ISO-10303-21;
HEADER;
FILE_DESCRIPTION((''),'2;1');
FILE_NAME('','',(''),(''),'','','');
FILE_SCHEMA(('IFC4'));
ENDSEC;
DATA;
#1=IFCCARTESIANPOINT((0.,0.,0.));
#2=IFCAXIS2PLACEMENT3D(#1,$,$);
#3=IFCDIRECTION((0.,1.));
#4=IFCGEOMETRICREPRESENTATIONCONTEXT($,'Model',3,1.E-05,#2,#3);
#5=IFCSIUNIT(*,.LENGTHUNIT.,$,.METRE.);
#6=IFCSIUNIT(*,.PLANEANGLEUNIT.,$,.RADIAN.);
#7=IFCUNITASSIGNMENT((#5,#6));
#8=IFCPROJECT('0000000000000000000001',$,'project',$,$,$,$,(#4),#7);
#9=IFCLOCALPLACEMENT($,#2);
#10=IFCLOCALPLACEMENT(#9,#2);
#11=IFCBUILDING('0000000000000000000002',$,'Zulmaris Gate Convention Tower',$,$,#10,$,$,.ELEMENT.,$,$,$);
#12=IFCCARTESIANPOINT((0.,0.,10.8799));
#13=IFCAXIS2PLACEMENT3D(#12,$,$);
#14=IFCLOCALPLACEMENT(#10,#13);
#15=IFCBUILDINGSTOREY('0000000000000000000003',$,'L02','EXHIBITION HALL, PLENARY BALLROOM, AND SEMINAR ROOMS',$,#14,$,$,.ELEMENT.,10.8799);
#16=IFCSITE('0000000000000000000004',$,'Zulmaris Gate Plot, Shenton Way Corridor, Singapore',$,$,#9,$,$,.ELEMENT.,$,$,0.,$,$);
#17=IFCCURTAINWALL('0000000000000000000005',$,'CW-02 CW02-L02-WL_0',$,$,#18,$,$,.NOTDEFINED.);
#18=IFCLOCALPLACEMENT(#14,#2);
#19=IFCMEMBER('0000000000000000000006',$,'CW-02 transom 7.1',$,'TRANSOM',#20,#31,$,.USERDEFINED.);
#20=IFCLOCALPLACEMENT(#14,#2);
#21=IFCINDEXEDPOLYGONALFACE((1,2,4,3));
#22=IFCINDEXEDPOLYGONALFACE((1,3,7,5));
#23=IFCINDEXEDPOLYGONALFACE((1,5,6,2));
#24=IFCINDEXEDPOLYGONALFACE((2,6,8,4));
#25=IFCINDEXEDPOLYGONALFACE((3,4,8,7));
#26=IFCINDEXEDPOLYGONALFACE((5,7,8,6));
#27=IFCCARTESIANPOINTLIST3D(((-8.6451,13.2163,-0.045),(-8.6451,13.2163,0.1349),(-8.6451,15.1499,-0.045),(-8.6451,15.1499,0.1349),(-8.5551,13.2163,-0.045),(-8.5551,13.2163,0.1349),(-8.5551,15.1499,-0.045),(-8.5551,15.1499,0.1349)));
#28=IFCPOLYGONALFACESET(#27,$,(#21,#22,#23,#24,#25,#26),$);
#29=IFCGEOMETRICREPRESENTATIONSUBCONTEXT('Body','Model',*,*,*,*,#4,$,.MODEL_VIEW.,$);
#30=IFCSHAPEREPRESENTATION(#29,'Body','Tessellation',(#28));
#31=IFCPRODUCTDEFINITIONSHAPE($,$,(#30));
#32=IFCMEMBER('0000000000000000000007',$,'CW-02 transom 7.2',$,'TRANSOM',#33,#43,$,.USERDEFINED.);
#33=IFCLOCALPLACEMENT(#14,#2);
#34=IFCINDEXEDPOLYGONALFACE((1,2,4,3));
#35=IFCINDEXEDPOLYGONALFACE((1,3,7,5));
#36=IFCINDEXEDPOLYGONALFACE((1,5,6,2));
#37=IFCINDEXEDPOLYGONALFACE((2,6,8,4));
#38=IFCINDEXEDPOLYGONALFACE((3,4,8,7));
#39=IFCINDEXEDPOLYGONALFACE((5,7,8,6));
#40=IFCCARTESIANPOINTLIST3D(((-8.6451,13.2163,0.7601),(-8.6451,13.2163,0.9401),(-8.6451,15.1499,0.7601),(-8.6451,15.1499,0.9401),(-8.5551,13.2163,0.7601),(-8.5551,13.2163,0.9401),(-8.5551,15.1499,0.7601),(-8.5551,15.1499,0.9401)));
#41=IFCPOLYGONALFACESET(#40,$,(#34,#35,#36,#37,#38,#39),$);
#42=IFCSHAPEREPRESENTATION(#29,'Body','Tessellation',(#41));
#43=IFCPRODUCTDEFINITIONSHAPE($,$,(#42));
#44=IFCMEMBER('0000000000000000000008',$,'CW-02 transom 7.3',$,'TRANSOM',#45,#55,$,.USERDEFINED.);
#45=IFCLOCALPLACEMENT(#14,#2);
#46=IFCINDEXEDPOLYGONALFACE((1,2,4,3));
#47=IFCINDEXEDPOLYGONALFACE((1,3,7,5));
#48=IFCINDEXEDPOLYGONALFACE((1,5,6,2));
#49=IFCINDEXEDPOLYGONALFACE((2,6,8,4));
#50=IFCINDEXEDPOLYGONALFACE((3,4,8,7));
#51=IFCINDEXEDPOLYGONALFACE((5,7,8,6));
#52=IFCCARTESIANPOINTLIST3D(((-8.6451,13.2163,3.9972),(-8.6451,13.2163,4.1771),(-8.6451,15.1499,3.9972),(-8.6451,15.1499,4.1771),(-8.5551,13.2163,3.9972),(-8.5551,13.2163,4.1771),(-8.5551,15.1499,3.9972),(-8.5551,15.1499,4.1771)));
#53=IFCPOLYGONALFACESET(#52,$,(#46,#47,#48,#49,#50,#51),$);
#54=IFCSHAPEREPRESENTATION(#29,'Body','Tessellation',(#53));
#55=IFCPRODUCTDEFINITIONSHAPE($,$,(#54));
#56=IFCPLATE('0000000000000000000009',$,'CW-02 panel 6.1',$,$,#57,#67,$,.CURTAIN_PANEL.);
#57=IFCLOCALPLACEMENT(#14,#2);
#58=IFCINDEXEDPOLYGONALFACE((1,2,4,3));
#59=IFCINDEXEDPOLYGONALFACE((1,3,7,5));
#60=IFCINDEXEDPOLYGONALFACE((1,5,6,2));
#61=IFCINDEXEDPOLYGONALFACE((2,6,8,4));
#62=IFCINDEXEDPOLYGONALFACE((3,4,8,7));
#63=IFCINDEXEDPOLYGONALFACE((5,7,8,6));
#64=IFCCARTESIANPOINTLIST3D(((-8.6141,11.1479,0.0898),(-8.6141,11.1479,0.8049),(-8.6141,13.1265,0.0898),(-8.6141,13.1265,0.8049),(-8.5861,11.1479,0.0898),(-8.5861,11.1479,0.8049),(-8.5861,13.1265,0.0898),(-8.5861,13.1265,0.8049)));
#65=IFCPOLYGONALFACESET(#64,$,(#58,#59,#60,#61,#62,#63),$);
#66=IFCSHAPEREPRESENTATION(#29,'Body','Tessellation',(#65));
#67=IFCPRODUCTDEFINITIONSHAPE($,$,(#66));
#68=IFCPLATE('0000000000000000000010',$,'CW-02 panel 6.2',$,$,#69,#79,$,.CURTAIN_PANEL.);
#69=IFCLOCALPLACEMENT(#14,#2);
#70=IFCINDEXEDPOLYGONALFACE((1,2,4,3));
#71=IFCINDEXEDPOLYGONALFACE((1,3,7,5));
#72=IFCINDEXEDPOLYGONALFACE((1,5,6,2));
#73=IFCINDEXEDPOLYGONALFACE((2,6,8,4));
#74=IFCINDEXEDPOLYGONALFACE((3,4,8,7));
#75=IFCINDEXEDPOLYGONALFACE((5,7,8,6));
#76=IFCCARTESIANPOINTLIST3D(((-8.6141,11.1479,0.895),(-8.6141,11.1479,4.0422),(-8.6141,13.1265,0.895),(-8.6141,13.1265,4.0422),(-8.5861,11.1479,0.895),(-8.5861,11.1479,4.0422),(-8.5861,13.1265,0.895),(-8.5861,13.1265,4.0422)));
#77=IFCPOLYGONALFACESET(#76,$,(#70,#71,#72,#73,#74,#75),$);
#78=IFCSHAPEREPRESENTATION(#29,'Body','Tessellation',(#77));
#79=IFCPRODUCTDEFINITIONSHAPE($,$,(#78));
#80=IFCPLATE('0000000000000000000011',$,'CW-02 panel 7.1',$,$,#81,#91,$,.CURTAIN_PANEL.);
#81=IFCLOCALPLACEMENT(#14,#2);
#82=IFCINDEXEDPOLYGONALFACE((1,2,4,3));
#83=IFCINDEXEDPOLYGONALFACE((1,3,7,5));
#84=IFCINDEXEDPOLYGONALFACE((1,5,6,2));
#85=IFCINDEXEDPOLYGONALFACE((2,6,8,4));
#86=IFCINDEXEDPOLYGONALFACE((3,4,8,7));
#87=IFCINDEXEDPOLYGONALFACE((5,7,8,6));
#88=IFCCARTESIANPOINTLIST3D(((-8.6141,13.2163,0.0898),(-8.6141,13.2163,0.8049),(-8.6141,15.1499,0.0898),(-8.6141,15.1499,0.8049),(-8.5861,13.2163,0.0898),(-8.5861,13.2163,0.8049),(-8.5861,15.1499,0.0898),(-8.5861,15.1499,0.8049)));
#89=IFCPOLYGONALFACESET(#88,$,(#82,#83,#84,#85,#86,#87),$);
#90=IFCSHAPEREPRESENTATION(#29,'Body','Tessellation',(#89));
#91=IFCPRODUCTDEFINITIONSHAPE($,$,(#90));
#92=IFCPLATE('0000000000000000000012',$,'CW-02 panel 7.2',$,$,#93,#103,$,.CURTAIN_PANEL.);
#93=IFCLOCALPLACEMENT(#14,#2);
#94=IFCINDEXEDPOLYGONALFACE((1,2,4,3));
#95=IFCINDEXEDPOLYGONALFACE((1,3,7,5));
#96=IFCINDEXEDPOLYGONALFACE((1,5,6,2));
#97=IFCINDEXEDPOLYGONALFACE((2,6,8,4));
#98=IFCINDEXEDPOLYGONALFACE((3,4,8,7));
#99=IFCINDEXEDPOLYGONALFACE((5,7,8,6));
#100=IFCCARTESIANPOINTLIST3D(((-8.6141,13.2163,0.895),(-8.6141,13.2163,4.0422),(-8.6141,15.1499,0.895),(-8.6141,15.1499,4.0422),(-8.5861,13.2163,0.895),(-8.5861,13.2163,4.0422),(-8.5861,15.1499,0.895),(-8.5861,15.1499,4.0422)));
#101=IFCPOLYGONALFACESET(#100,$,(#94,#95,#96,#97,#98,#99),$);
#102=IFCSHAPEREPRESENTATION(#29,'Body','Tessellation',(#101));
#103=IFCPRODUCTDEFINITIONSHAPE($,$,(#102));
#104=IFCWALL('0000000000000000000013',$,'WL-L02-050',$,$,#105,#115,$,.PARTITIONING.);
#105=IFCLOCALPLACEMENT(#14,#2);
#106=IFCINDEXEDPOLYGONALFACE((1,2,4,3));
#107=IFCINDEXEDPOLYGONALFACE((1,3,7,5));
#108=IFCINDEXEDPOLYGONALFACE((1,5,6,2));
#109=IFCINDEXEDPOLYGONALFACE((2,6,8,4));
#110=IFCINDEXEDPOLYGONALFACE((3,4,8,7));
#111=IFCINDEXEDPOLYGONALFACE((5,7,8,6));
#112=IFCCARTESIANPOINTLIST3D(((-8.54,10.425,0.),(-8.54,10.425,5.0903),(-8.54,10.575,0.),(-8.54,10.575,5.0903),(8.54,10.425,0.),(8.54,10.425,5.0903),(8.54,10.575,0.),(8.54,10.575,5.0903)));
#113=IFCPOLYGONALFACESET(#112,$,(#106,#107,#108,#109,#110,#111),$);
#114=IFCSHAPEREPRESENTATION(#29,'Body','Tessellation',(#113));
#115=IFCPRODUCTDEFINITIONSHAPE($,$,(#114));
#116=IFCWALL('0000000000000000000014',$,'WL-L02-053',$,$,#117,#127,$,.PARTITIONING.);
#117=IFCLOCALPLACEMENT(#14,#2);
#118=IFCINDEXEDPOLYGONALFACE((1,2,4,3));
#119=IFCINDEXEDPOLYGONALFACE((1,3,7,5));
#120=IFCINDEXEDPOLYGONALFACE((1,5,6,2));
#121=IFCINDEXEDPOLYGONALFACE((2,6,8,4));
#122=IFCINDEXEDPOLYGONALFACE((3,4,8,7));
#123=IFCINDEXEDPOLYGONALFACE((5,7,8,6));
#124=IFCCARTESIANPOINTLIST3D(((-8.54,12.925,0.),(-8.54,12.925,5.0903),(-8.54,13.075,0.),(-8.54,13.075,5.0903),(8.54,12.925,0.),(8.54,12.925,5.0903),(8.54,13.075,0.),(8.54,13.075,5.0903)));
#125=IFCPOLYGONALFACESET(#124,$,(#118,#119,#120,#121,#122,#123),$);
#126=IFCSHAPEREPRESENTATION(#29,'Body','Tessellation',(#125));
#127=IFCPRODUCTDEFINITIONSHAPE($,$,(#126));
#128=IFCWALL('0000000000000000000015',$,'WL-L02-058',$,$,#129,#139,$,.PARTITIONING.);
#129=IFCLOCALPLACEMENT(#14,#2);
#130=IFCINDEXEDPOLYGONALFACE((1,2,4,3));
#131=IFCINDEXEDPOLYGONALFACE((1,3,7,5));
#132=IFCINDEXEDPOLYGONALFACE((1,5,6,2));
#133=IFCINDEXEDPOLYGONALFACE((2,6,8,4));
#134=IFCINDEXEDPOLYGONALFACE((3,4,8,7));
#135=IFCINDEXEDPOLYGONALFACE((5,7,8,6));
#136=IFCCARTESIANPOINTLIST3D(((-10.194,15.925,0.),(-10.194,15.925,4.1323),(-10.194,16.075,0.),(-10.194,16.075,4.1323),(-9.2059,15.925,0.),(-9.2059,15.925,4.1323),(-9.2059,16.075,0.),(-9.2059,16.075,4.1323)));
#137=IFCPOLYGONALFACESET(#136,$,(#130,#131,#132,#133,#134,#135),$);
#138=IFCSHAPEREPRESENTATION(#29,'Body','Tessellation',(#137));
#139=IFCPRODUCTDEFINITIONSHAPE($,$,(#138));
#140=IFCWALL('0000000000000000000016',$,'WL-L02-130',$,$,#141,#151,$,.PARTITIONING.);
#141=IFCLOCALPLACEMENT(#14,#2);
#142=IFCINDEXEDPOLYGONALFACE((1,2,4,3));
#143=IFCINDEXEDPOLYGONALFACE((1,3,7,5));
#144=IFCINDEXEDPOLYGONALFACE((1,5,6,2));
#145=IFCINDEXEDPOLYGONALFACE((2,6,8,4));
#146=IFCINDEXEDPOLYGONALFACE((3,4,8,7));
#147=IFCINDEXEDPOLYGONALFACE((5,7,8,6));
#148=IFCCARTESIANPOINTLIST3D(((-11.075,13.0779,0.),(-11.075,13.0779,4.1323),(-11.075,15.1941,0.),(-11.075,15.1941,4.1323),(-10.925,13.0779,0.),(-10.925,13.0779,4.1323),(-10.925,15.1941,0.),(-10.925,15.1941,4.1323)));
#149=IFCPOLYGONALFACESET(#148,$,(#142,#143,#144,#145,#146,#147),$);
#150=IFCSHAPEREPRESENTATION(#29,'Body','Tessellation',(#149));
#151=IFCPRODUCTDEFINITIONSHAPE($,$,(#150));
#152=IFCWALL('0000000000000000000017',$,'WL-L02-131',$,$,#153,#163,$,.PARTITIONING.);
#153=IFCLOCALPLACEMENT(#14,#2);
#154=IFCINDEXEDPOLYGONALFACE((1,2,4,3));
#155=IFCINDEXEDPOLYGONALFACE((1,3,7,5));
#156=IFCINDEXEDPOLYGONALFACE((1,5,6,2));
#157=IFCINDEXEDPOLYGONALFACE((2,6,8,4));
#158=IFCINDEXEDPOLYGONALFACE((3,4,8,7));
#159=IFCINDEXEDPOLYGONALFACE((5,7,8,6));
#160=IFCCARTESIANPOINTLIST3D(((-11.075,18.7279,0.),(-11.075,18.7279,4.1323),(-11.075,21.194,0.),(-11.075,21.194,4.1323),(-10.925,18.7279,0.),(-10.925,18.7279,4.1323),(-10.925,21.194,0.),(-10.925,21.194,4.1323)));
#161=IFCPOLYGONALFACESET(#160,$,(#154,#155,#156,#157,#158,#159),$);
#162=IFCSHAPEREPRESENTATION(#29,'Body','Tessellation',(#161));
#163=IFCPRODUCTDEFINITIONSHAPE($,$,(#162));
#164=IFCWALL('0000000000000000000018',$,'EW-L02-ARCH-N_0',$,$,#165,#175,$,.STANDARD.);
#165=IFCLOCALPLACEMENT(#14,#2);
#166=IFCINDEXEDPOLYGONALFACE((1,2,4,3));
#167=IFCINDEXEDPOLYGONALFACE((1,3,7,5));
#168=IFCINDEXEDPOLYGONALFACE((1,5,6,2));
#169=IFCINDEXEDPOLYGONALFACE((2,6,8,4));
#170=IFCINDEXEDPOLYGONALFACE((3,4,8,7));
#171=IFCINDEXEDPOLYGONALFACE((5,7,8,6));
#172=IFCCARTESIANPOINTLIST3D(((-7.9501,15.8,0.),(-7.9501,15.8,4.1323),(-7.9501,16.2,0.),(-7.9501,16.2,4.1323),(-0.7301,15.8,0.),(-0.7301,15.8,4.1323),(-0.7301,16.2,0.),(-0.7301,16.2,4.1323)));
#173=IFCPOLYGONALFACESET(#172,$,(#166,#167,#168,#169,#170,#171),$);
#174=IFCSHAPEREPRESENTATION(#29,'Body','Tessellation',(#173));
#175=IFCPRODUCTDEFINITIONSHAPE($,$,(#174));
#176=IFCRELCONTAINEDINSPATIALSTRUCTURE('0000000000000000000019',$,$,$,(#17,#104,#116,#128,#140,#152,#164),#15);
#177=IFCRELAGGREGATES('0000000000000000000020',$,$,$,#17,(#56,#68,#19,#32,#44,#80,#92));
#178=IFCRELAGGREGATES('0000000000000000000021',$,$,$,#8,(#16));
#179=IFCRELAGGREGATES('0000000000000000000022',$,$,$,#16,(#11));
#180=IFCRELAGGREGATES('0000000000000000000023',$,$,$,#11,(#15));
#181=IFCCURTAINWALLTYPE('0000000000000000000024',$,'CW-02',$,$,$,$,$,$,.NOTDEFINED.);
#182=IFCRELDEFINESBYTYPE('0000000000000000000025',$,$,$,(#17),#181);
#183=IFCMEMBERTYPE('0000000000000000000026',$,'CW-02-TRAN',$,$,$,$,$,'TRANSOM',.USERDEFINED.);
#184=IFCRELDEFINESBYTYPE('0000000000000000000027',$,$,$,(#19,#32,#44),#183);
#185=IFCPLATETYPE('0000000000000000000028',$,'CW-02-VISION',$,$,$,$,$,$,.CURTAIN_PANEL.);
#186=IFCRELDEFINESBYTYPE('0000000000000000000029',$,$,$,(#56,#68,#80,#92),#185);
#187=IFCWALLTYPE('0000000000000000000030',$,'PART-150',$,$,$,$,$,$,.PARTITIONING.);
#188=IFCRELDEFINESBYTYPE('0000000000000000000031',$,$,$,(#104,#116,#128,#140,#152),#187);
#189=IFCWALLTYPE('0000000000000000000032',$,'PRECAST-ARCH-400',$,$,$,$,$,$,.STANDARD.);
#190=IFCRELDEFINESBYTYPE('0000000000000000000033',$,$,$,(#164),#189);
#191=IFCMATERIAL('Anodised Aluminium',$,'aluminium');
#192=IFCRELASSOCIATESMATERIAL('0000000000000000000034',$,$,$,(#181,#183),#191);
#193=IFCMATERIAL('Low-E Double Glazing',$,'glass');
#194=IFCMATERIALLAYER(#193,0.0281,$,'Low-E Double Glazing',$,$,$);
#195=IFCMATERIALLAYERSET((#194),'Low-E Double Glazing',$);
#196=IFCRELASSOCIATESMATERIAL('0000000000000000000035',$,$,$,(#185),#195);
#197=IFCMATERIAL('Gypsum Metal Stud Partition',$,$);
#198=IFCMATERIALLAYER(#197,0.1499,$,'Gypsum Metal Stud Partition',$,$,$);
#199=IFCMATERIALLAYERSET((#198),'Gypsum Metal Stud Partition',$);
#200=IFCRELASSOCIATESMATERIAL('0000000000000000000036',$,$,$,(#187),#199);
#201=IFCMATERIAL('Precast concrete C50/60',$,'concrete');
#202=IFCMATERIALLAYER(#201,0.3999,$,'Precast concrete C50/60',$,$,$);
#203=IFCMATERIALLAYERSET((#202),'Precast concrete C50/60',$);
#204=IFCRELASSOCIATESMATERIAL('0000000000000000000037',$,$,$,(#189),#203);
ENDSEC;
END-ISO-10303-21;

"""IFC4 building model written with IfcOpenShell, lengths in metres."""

from ifc_helpers import new_model, si_unit, direction, frame, frame_2d, origin, origin_2d, place, context, subcontext, project, spatial, rectangle, extrude, material, layer, layer_set, material_profile, profile_set, type_object, element, aggregate, save


model = new_model("IFC4")

# Units and contexts
model_context = context("Model", 3, precision=1e-05, world=origin(), true_north=direction((0.0, 1.0)))
body_context = subcontext(model_context, "Body", "Model", "MODEL_VIEW")
ifc_project = project(units=[si_unit("LENGTHUNIT", "METRE"), si_unit("PLANEANGLEUNIT", "RADIAN")], contexts=[model_context])

# Site, building, storey
site_placement = place(None, origin())
site = spatial("IfcSite", under=ifc_project, at=site_placement, Name="Zulmaris Gate Plot, Shenton Way Corridor, Singapore", CompositionType="ELEMENT", RefElevation=0.0)
building_placement = place(site_placement, origin())
building = spatial("IfcBuilding", under=site, at=building_placement, Name="Zulmaris Gate Convention Tower", CompositionType="ELEMENT")
storey_placement = place(building_placement, frame((0.0, 0.0, 10.8799)))
storey = spatial("IfcBuildingStorey", under=building, at=storey_placement, Name="L02", Description="EXHIBITION HALL, PLENARY BALLROOM, AND SEMINAR ROOMS", CompositionType="ELEMENT", Elevation=10.8799)

# Curtain wall, members, plates
ifc_material_1 = material(Name="Anodised Aluminium", Category="aluminium")
curtain_wall_type = type_object("IfcCurtainWallType", Name="CW-02", PredefinedType="NOTDEFINED", material=ifc_material_1)
curtain_wall_placement = place(storey_placement, origin())
curtain_wall = element("IfcCurtainWall", 1, at=curtain_wall_placement, inside=storey, type_object=curtain_wall_type, Name="CW-02 CW02-L02-WL_0", PredefinedType="NOTDEFINED")
ifc_material_profile_1 = material_profile(ifc_material_1, rectangle(XDim=0.0901, YDim=0.1799, at=origin_2d()), Name="ALU TRANSOM 90x180")
ifc_profile_set_1 = profile_set([ifc_material_profile_1], Name="Anodised Aluminium")
member_type_1 = type_object("IfcMemberType", Name="CW-02-TRAN", ElementType="TRANSOM", PredefinedType="USERDEFINED", material=ifc_profile_set_1)
member_1_placement = place(storey_placement, frame((-8.6001, 13.2163, 0.0449), z_axis=(0.0, 1.0, 0.0), x_axis=(-1.0, 0.0, 0.0)))
member_1 = element("IfcMember", 2, at=member_1_placement, type_object=member_type_1, Name="CW-02 transom 7.1", ObjectType="TRANSOM", PredefinedType="USERDEFINED", context=body_context, shape_type="SweptSolid", body=[
    extrude(rectangle(XDim=0.0901, YDim=0.1799, at=origin_2d()), origin(), (0.0, 0.0, 1.0), 1.9336),
])
member_2_placement = place(storey_placement, frame((-8.6001, 13.2163, 0.8501), z_axis=(0.0, 1.0, 0.0), x_axis=(-1.0, 0.0, 0.0)))
member_2 = element("IfcMember", 3, at=member_2_placement, type_object=member_type_1, Name="CW-02 transom 7.2", ObjectType="TRANSOM", PredefinedType="USERDEFINED", context=body_context, shape_type="SweptSolid", body=[
    extrude(rectangle(XDim=0.0901, YDim=0.1799, at=origin_2d()), origin(), (0.0, 0.0, 1.0), 1.9336),
])
member_3_placement = place(storey_placement, frame((-8.6001, 13.2163, 4.0872), z_axis=(0.0, 1.0, 0.0), x_axis=(-1.0, 0.0, 0.0)))
member_3 = element("IfcMember", 4, at=member_3_placement, type_object=member_type_1, Name="CW-02 transom 7.3", ObjectType="TRANSOM", PredefinedType="USERDEFINED", context=body_context, shape_type="SweptSolid", body=[
    extrude(rectangle(XDim=0.0901, YDim=0.1799, at=origin_2d()), origin(), (0.0, 0.0, 1.0), 1.9336),
])
ifc_material_2 = material(Name="Low-E Double Glazing", Category="glass")
ifc_layer_1 = layer(ifc_material_2, 0.0281, Name="Low-E Double Glazing")
ifc_layer_set_1 = layer_set([ifc_layer_1], Name="Low-E Double Glazing")
plate_type = type_object("IfcPlateType", Name="CW-02-VISION", PredefinedType="CURTAIN_PANEL", material=ifc_layer_set_1)
plate_1_placement = place(storey_placement, frame((-8.6001, 12.1372, 0.0898), z_axis=(0.0, 0.0, 1.0), x_axis=(0.0, 1.0, 0.0)))
plate_1 = element("IfcPlate", 5, at=plate_1_placement, type_object=plate_type, Name="CW-02 panel 6.1", PredefinedType="CURTAIN_PANEL", context=body_context, shape_type="SweptSolid", body=[
    extrude(rectangle(XDim=1.9785, YDim=0.0281, at=origin_2d()), origin(), (0.0, 0.0, 1.0), 0.7151),
])
plate_2_placement = place(storey_placement, frame((-8.6001, 12.1372, 0.895), z_axis=(0.0, 0.0, 1.0), x_axis=(0.0, 1.0, 0.0)))
plate_2 = element("IfcPlate", 6, at=plate_2_placement, type_object=plate_type, Name="CW-02 panel 6.2", PredefinedType="CURTAIN_PANEL", context=body_context, shape_type="SweptSolid", body=[
    extrude(rectangle(XDim=1.9785, YDim=0.0281, at=origin_2d()), origin(), (0.0, 0.0, 1.0), 3.1472),
])
plate_3_placement = place(storey_placement, frame((-8.6001, 14.1831, 0.0898), z_axis=(0.0, 0.0, 1.0), x_axis=(0.0, 1.0, 0.0)))
plate_3 = element("IfcPlate", 7, at=plate_3_placement, type_object=plate_type, Name="CW-02 panel 7.1", PredefinedType="CURTAIN_PANEL", context=body_context, shape_type="SweptSolid", body=[
    extrude(rectangle(XDim=1.9336, YDim=0.0281, at=origin_2d()), origin(), (0.0, 0.0, 1.0), 0.7151),
])
plate_4_placement = place(storey_placement, frame((-8.6001, 14.1831, 0.895), z_axis=(0.0, 0.0, 1.0), x_axis=(0.0, 1.0, 0.0)))
plate_4 = element("IfcPlate", 8, at=plate_4_placement, type_object=plate_type, Name="CW-02 panel 7.2", PredefinedType="CURTAIN_PANEL", context=body_context, shape_type="SweptSolid", body=[
    extrude(rectangle(XDim=1.9336, YDim=0.0281, at=origin_2d()), origin(), (0.0, 0.0, 1.0), 3.1472),
])
aggregate(curtain_wall, [plate_1, plate_2, member_1, member_2, member_3, plate_3, plate_4])

# Shared definitions
ifc_material_3 = material(Name="Gypsum Metal Stud Partition")
ifc_layer_2 = layer(ifc_material_3, 0.1499, Name="Gypsum Metal Stud Partition")
ifc_layer_set_2 = layer_set([ifc_layer_2], Name="Gypsum Metal Stud Partition")
wall_type_1 = type_object("IfcWallType", Name="PART-150", PredefinedType="PARTITIONING", material=ifc_layer_set_2)

# Walls
for number, where, z_axis, x_axis, name in (
    (9, (-8.54, 10.5, 0.0), (0.0, 0.0, 1.0), (1.0, 0.0, 0.0), "WL-L02-050"),
    (10, (-8.54, 13.0, 0.0), (0.0, 0.0, 1.0), (1.0, 0.0, 0.0), "WL-L02-053"),
):
    element("IfcWall", number, at=place(storey_placement, frame(where, z_axis=z_axis, x_axis=x_axis)), inside=storey, type_object=wall_type_1, Name=name, PredefinedType="PARTITIONING", context=body_context, shape_type="SweptSolid", body=[
        extrude(rectangle(XDim=17.0801, YDim=0.1499, at=frame_2d((8.54, 0.0))), origin(), (0.0, 0.0, 1.0), 5.0903),
    ])
wall_1_placement = place(storey_placement, frame((-10.1941, 16.0, 0.0), z_axis=(0.0, 0.0, 1.0), x_axis=(1.0, 0.0, 0.0)))
element("IfcWall", 11, at=wall_1_placement, inside=storey, type_object=wall_type_1, Name="WL-L02-058", PredefinedType="PARTITIONING", context=body_context, shape_type="SweptSolid", body=[
    extrude(rectangle(XDim=0.988, YDim=0.1499, at=frame_2d((0.4941, 0.0))), origin(), (0.0, 0.0, 1.0), 4.1323),
])
wall_2_placement = place(storey_placement, frame((-11.0, 13.0779, 0.0), z_axis=(0.0, 0.0, 1.0), x_axis=(0.0, 1.0, 0.0)))
element("IfcWall", 12, at=wall_2_placement, inside=storey, type_object=wall_type_1, Name="WL-L02-130", PredefinedType="PARTITIONING", context=body_context, shape_type="SweptSolid", body=[
    extrude(rectangle(XDim=2.1162, YDim=0.1499, at=frame_2d((1.0581, 0.0))), origin(), (0.0, 0.0, 1.0), 4.1323),
])
wall_3_placement = place(storey_placement, frame((-11.0, 18.728, 0.0), z_axis=(0.0, 0.0, 1.0), x_axis=(0.0, 1.0, 0.0)))
element("IfcWall", 13, at=wall_3_placement, inside=storey, type_object=wall_type_1, Name="WL-L02-131", PredefinedType="PARTITIONING", context=body_context, shape_type="SweptSolid", body=[
    extrude(rectangle(XDim=2.4661, YDim=0.1499, at=frame_2d((1.2329, 0.0))), origin(), (0.0, 0.0, 1.0), 4.1323),
])
ifc_material_4 = material(Name="Precast concrete C50/60", Category="concrete")
ifc_layer_3 = layer(ifc_material_4, 0.3999, Name="Precast concrete C50/60")
ifc_layer_set_3 = layer_set([ifc_layer_3], Name="Precast concrete C50/60")
wall_type_2 = type_object("IfcWallType", Name="PRECAST-ARCH-400", PredefinedType="STANDARD", material=ifc_layer_set_3)
wall_4_placement = place(storey_placement, frame((-7.95, 16.0, 0.0), z_axis=(0.0, 0.0, 1.0), x_axis=(1.0, 0.0, 0.0)))
element("IfcWall", 14, at=wall_4_placement, inside=storey, type_object=wall_type_2, Name="EW-L02-ARCH-N_0", PredefinedType="STANDARD", context=body_context, shape_type="SweptSolid", body=[
    extrude(rectangle(XDim=7.22, YDim=0.3999, at=frame_2d((3.6099, 0.0))), origin(), (0.0, 0.0, 1.0), 4.1323),
])

save(model, "model.ifc")
